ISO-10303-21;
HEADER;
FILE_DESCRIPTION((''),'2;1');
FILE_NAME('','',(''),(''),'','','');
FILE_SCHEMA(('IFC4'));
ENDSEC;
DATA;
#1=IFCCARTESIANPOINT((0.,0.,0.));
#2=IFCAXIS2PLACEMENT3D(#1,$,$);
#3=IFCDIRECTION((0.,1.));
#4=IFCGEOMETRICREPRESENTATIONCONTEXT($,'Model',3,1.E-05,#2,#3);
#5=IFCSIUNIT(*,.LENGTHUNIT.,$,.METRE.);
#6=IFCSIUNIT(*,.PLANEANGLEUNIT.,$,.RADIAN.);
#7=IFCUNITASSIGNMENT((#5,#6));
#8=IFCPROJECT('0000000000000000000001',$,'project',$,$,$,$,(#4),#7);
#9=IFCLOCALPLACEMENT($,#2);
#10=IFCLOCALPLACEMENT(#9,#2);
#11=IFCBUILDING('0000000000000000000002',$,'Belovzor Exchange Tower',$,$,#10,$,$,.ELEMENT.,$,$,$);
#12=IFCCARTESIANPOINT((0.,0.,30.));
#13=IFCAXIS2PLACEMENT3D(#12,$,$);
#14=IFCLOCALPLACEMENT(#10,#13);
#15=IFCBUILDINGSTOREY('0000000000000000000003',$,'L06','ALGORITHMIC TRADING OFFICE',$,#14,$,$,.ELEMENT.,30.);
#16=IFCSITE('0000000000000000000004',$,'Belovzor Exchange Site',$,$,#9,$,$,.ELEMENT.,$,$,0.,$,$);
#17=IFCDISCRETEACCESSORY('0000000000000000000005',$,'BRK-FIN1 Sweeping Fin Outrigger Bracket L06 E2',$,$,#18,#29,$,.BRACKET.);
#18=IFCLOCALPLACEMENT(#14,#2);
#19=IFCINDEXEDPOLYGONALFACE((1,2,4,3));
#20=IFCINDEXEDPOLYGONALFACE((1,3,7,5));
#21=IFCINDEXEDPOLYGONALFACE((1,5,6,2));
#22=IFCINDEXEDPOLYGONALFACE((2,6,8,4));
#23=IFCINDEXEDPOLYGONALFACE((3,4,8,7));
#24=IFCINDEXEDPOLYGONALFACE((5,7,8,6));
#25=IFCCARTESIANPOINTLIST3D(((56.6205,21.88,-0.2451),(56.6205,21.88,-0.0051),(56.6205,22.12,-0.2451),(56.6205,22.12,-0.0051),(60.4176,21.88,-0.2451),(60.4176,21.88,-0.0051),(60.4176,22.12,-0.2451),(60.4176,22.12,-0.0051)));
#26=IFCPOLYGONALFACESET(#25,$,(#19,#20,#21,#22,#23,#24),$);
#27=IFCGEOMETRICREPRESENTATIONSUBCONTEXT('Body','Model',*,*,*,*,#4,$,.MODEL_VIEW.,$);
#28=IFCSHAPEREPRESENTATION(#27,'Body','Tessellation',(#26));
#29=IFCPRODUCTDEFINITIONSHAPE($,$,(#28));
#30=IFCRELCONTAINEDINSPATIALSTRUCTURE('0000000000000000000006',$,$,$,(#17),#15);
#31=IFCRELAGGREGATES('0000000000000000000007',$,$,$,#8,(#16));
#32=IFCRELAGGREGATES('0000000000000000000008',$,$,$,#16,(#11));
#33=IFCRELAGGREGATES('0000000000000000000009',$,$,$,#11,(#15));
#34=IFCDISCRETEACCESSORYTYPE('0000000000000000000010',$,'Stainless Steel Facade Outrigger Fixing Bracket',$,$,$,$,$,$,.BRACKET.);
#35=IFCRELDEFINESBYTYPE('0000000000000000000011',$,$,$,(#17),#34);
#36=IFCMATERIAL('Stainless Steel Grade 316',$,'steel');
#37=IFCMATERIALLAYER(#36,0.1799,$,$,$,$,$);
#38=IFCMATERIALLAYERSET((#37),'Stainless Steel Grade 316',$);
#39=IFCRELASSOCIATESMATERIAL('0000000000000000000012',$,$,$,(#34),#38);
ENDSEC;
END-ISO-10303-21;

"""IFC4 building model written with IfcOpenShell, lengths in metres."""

from ifc_helpers import new_model, si_unit, direction, frame, origin, origin_2d, place, context, subcontext, project, spatial, rectangle, extrude, material, layer, layer_set, type_object, element, save


model = new_model("IFC4")

# Units and contexts
model_context = context("Model", 3, precision=1e-05, world=origin(), true_north=direction((0.0, 1.0)))
body_context = subcontext(model_context, "Body", "Model", "MODEL_VIEW")
ifc_project = project(units=[si_unit("LENGTHUNIT", "METRE"), si_unit("PLANEANGLEUNIT", "RADIAN")], contexts=[model_context])

# Site, building, storey
site_placement = place(None, origin())
site = spatial("IfcSite", under=ifc_project, at=site_placement, Name="Belovzor Exchange Site", CompositionType="ELEMENT", RefElevation=0.0)
building_placement = place(site_placement, origin())
building = spatial("IfcBuilding", under=site, at=building_placement, Name="Belovzor Exchange Tower", CompositionType="ELEMENT")
storey_placement = place(building_placement, frame((0.0, 0.0, 30.0)))
storey = spatial("IfcBuildingStorey", under=building, at=storey_placement, Name="L06", Description="ALGORITHMIC TRADING OFFICE", CompositionType="ELEMENT", Elevation=30.0)

# Discrete accessory
ifc_material_1 = material(Name="Stainless Steel Grade 316", Category="steel")
ifc_layer_1 = layer(ifc_material_1, 0.1799)
ifc_layer_set_1 = layer_set([ifc_layer_1], Name="Stainless Steel Grade 316")
discrete_accessory_type = type_object("IfcDiscreteAccessoryType", Name="Stainless Steel Facade Outrigger Fixing Bracket", PredefinedType="BRACKET", material=ifc_layer_set_1)
for number, where, z_axis, x_axis, name in (
    (1, (58.519, 22.0, -0.2451), (0.0, 0.0, 1.0), (1.0, 0.0, 0.0), "BRK-FIN1 Sweeping Fin Outrigger Bracket L06 E2"),
):
    element("IfcDiscreteAccessory", number, at=place(storey_placement, frame(where, z_axis=z_axis, x_axis=x_axis)), inside=storey, type_object=discrete_accessory_type, Name=name, PredefinedType="BRACKET", context=body_context, shape_type="SweptSolid", body=[
        extrude(rectangle(XDim=3.7971, YDim=0.24, at=origin_2d()), origin(), (0.0, 0.0, 1.0), 0.24),
    ])

save(model, "model.ifc")
